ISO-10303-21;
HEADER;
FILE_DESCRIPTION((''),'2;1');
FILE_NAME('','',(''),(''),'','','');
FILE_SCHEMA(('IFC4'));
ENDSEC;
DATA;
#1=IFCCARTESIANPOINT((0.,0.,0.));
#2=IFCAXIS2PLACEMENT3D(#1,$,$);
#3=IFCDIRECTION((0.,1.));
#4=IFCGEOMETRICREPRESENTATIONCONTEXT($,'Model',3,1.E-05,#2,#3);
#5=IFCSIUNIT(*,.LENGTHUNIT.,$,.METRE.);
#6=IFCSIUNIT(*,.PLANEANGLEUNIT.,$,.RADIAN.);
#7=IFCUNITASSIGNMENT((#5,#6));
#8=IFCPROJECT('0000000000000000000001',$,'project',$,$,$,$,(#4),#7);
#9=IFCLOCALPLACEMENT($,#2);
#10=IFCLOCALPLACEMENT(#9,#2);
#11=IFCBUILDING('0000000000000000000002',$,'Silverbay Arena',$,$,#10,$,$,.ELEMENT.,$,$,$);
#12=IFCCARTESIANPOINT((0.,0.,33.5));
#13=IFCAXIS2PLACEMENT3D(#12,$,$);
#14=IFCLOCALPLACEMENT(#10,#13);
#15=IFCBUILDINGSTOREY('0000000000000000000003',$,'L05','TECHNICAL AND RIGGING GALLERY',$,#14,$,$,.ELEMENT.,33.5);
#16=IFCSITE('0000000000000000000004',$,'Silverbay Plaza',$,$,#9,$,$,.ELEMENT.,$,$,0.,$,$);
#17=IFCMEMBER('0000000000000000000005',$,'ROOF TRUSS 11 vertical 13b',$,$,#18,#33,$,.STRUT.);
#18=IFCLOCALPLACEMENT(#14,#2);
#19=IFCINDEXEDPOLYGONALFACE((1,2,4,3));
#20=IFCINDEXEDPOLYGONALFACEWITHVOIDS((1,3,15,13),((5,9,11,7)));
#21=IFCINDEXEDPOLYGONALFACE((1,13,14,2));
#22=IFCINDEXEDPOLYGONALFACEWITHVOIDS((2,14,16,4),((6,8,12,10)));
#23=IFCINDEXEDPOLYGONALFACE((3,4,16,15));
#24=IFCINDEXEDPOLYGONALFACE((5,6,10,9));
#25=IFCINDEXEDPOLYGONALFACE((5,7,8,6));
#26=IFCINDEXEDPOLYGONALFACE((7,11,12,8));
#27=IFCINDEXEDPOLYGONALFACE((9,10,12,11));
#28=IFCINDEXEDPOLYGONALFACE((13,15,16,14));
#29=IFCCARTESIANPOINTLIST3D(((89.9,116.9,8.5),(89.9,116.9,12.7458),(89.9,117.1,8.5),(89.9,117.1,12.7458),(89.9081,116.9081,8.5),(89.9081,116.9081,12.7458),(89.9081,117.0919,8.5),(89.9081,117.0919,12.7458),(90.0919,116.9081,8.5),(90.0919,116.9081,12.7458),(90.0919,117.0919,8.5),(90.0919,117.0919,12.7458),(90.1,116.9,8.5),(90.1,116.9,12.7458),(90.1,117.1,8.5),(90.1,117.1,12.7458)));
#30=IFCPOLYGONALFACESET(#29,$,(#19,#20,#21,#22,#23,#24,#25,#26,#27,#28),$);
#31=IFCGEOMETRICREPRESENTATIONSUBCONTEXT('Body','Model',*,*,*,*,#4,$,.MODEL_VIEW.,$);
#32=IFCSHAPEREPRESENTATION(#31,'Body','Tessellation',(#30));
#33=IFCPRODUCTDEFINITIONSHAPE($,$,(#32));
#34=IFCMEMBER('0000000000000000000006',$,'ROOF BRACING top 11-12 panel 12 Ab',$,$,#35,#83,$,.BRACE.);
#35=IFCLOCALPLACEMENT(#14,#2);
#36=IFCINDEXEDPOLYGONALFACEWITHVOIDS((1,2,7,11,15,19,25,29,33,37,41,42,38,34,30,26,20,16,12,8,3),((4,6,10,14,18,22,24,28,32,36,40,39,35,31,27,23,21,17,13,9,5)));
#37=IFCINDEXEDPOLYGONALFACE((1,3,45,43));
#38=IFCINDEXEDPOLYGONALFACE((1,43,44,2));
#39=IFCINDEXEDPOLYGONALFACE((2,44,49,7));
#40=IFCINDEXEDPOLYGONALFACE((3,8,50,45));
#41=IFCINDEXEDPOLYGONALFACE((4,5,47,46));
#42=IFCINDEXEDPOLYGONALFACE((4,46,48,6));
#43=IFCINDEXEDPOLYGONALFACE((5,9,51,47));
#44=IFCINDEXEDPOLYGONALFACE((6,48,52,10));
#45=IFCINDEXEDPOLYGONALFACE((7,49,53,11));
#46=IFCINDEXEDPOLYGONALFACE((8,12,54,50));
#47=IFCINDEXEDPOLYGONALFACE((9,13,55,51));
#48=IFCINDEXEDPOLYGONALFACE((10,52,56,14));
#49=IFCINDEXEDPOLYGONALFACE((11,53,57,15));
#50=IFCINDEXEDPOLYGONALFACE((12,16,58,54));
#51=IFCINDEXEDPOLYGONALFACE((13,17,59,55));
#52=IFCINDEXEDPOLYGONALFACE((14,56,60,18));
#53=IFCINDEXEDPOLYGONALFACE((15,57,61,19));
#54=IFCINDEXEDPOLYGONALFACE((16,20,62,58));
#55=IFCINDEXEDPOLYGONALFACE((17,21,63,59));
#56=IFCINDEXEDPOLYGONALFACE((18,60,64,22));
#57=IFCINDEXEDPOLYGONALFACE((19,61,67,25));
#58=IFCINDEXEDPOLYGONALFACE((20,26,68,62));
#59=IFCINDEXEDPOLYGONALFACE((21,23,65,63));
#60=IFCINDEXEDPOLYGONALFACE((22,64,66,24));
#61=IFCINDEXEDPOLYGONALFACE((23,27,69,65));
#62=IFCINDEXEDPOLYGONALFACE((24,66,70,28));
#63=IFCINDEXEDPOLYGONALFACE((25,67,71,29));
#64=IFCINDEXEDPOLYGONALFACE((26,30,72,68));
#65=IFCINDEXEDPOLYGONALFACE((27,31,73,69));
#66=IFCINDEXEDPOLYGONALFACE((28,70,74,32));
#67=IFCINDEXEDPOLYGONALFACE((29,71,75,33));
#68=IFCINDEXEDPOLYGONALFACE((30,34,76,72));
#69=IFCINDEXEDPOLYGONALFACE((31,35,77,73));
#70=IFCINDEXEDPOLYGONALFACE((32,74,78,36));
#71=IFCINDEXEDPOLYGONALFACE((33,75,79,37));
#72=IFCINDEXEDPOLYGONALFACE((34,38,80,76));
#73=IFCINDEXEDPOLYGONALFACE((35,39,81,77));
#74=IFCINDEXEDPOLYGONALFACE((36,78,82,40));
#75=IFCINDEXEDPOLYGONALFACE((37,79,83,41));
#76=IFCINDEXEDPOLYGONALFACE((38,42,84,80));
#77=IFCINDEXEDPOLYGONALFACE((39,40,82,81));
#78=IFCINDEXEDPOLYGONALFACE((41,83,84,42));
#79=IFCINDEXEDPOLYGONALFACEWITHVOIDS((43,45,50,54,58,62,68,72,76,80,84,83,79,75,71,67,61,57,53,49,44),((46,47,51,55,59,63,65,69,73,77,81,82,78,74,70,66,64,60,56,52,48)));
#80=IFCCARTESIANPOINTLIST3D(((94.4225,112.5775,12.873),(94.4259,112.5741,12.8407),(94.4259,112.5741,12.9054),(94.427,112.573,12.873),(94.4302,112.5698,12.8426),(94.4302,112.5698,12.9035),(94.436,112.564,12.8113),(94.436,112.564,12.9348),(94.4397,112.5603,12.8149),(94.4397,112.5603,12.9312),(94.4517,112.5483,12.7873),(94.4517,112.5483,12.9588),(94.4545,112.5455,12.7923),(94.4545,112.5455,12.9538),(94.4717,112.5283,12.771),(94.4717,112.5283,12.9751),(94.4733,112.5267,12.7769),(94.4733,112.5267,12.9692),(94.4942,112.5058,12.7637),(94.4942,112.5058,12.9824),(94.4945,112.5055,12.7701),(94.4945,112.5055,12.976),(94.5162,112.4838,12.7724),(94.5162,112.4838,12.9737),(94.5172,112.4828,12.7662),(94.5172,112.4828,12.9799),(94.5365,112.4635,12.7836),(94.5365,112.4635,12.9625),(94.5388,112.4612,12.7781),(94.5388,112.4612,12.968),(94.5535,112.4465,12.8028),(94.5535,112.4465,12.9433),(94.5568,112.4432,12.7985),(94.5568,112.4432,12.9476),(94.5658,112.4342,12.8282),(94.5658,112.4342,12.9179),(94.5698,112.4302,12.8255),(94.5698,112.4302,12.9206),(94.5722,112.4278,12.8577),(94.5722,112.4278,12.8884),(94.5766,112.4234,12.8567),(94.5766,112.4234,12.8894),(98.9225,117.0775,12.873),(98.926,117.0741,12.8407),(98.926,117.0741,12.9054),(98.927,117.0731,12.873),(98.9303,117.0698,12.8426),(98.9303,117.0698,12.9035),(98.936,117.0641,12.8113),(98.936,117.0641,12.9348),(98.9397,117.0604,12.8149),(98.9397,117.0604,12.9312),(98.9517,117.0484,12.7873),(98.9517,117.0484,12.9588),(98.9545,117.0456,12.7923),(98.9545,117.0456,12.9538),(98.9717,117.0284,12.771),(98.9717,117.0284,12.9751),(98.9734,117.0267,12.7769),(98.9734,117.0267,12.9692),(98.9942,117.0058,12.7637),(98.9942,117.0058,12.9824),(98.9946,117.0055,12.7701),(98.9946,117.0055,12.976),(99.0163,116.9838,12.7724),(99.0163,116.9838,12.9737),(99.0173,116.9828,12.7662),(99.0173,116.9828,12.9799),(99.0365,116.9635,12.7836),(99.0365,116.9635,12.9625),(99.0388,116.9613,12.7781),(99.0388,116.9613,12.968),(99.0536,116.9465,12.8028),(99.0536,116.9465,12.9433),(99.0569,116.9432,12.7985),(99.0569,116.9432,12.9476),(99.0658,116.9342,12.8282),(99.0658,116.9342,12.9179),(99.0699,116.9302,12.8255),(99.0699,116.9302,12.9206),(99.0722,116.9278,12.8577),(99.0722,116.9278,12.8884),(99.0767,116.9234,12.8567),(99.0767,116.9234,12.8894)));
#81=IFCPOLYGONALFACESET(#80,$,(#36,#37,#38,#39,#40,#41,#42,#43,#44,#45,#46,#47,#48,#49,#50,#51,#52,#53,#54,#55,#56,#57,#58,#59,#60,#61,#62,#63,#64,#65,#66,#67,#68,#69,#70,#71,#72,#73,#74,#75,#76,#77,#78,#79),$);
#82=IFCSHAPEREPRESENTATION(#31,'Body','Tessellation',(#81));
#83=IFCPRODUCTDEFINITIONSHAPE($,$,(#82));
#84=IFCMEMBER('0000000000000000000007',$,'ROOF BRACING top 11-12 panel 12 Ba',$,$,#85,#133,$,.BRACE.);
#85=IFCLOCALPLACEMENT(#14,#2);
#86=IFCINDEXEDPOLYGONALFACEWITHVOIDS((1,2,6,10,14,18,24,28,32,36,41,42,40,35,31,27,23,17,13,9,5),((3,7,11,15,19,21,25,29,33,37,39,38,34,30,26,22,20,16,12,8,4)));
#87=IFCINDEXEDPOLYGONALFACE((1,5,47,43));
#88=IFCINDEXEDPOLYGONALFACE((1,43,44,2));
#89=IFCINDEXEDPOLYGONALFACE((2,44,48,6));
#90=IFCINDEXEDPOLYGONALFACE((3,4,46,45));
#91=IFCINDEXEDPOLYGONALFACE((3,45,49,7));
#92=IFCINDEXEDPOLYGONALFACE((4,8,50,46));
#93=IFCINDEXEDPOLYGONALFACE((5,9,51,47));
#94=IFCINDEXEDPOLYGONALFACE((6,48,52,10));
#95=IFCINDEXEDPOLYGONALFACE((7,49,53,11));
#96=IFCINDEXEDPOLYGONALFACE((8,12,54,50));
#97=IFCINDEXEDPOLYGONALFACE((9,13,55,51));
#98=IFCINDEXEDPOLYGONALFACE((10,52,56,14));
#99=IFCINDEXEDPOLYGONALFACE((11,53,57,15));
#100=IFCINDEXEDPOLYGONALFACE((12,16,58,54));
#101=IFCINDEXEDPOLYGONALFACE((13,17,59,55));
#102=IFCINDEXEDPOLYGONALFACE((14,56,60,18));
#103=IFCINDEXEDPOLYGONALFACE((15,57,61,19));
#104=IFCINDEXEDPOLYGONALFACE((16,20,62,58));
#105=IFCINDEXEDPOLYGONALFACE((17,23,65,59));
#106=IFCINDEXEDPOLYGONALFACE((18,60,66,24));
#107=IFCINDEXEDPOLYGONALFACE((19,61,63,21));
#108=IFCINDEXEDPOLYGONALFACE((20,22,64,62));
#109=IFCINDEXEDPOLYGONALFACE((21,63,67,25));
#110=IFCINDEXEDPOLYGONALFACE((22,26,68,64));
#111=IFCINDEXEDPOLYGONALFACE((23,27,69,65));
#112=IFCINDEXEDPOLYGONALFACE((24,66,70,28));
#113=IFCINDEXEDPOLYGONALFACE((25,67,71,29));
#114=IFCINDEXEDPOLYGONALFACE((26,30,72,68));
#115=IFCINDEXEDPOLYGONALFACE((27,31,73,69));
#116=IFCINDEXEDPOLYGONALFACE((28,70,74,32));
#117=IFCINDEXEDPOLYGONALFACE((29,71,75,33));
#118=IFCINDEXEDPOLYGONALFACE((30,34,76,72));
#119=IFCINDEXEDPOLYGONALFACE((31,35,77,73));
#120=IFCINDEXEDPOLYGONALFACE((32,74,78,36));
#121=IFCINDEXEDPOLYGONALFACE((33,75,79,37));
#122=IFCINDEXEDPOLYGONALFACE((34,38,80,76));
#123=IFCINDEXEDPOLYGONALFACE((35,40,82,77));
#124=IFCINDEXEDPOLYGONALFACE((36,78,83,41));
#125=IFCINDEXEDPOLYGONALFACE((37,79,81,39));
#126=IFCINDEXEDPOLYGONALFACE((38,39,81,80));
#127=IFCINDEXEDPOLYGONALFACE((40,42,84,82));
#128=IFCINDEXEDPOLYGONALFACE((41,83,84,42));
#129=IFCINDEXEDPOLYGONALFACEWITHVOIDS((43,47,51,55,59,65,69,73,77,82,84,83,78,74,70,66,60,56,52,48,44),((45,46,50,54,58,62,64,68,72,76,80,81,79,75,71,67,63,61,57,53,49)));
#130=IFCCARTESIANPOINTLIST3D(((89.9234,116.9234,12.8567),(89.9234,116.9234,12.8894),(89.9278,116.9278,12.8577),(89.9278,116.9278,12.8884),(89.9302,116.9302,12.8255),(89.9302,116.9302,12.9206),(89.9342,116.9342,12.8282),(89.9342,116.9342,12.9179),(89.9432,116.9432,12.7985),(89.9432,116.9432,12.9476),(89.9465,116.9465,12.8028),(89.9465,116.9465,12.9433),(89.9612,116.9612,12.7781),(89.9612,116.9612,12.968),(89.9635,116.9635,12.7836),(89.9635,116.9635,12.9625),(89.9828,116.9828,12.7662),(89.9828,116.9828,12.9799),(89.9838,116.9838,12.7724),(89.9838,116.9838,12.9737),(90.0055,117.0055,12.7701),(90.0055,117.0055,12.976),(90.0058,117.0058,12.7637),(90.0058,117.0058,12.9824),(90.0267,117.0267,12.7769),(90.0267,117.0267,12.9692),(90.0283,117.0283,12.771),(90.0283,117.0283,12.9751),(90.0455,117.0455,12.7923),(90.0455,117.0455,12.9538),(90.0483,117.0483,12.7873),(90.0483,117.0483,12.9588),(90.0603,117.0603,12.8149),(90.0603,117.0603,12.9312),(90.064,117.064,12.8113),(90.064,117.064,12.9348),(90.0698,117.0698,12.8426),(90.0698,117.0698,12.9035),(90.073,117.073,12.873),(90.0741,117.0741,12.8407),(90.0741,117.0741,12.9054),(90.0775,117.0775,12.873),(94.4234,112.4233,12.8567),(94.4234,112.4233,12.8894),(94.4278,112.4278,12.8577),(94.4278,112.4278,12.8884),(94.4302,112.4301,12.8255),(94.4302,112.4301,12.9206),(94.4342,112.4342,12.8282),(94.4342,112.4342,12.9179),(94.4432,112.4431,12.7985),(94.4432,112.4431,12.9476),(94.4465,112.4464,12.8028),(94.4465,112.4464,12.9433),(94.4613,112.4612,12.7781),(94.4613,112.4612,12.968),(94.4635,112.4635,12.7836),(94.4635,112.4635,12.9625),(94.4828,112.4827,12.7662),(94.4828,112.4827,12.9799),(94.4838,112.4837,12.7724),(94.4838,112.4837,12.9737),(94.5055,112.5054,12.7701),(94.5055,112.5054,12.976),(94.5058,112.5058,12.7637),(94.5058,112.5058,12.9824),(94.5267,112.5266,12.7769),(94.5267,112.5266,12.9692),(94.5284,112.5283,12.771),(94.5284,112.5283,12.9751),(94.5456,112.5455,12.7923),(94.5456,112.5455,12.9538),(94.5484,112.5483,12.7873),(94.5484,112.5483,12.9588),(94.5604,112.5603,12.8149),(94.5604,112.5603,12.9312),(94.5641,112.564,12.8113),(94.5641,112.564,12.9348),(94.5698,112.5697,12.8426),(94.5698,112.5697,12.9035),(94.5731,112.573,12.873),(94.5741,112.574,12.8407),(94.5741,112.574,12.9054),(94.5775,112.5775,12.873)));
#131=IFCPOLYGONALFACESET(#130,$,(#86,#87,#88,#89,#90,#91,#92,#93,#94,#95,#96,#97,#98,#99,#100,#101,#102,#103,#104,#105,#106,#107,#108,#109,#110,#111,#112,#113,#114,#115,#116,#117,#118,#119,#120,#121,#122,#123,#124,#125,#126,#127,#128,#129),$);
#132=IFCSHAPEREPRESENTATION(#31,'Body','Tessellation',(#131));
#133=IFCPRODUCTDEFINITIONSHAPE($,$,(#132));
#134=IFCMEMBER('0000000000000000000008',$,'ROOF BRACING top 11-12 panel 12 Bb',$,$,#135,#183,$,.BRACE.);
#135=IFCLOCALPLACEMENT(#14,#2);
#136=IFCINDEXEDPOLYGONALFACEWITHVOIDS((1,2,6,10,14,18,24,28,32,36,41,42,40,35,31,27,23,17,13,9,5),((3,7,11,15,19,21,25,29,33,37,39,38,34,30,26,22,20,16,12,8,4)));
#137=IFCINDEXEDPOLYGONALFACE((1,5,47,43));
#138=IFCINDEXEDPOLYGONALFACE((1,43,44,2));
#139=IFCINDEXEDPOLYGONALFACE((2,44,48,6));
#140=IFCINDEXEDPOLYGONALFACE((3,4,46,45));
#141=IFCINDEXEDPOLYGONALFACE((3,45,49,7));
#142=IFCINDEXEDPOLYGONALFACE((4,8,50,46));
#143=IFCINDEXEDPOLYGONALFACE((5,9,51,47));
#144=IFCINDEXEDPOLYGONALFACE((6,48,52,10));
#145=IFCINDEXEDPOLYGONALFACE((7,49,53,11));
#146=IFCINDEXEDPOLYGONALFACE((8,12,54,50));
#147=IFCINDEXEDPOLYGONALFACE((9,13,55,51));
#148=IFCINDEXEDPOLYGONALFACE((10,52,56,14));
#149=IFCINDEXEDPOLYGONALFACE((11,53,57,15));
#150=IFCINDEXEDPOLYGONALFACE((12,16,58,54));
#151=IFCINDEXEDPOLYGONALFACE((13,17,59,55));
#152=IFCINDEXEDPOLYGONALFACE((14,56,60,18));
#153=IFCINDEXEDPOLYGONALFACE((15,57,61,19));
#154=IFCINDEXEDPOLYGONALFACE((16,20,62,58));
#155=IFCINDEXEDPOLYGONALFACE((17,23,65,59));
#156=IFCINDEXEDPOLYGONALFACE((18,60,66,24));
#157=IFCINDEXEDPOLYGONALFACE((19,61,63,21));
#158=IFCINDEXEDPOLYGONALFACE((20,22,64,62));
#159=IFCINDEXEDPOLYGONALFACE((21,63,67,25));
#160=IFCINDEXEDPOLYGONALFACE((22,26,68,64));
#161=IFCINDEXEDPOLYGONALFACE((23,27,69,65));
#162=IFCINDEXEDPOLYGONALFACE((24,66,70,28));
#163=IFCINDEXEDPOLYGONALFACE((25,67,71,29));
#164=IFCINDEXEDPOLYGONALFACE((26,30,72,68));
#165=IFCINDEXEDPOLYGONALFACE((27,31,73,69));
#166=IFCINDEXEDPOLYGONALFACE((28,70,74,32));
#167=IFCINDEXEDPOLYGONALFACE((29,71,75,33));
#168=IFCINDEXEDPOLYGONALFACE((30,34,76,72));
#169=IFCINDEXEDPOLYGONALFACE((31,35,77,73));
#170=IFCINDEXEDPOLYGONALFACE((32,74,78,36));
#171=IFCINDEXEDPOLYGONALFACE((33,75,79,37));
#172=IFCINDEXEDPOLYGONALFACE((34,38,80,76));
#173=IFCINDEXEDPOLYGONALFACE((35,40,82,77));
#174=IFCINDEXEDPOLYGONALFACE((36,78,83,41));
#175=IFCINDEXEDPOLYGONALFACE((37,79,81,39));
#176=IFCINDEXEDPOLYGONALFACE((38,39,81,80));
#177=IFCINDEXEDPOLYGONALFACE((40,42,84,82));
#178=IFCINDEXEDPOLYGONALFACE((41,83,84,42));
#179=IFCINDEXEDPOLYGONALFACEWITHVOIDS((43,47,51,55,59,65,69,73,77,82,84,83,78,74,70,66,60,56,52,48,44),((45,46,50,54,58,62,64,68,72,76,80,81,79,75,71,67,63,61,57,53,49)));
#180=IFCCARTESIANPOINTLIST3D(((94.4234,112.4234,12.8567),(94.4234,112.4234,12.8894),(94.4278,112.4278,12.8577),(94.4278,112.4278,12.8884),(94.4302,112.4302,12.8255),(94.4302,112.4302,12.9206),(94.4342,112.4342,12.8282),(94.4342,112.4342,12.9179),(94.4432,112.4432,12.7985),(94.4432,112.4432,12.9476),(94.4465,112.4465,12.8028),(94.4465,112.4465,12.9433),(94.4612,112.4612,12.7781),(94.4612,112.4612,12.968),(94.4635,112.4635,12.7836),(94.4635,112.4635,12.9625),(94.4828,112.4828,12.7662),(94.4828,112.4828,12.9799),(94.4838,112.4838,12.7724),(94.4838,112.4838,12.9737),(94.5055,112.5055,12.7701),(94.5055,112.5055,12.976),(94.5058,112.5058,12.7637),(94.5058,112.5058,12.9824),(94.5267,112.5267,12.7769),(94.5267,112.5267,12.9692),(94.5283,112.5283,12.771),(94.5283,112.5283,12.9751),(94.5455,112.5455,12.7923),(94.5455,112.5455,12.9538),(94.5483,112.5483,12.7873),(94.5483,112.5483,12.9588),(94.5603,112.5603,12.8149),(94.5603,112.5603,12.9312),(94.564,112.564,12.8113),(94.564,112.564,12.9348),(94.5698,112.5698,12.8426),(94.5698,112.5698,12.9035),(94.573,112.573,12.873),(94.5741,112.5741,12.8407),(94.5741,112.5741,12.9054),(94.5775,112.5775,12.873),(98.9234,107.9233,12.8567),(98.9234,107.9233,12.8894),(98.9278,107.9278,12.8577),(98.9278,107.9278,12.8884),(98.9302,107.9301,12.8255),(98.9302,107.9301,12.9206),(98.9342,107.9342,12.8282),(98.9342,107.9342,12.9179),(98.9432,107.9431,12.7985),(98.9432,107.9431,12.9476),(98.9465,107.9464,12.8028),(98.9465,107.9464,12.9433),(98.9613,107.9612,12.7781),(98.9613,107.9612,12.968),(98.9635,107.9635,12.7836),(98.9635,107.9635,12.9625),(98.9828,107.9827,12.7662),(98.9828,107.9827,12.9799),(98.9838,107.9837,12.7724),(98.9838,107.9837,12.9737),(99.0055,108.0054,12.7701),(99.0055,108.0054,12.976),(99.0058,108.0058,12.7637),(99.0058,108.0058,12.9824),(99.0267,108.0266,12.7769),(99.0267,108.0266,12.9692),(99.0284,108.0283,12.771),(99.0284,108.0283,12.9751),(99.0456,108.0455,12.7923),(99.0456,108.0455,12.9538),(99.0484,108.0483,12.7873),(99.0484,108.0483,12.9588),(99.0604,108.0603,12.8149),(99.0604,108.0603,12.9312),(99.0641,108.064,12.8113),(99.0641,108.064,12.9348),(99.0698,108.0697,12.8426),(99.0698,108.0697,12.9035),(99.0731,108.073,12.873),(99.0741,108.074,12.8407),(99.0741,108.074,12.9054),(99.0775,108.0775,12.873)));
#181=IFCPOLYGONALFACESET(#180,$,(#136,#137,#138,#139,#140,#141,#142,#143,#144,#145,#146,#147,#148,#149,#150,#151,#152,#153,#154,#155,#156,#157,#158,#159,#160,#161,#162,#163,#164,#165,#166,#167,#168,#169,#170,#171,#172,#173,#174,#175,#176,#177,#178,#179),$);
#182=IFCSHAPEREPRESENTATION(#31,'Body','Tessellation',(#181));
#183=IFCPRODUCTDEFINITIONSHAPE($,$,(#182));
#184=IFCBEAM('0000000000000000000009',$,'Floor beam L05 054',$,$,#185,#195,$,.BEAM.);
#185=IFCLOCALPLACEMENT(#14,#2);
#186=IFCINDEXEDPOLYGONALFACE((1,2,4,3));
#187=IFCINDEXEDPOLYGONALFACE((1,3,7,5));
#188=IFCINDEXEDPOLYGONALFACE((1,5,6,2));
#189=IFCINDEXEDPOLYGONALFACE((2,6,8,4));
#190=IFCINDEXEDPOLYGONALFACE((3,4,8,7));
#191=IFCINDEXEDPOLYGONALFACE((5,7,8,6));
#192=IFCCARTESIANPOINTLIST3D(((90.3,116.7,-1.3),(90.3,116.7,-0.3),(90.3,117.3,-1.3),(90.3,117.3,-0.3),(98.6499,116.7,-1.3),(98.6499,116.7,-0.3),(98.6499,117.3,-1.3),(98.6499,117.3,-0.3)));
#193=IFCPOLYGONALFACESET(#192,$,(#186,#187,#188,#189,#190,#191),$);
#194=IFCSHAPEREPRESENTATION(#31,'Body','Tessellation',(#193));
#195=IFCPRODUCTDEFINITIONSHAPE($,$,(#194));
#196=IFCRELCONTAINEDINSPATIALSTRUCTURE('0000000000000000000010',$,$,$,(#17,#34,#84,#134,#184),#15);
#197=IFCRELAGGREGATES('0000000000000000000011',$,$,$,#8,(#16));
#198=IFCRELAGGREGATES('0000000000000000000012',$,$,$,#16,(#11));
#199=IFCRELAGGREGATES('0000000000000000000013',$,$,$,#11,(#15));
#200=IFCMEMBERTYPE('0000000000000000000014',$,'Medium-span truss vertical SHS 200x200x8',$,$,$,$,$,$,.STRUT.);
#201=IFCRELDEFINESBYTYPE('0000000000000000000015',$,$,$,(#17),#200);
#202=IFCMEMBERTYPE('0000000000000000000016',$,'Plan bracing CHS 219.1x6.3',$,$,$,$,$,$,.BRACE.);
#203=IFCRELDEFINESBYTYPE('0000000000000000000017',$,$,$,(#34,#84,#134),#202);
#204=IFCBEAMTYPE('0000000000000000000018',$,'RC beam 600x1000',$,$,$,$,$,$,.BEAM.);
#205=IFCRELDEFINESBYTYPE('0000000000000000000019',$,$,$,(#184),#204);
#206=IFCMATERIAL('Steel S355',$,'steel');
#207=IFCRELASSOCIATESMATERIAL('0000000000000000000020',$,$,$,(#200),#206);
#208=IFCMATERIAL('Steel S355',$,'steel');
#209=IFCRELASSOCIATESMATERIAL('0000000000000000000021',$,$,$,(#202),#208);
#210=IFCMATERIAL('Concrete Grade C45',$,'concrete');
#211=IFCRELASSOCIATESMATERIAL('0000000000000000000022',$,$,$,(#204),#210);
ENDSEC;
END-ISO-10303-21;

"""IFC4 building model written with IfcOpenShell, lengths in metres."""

from ifc_helpers import new_model, si_unit, direction, frame, origin, origin_2d, place, context, subcontext, project, spatial, rectangle, hollow_rectangle, hollow_circle, extrude, material, material_profile, profile_set, type_object, element, save


model = new_model("IFC4")

# Units and contexts
model_context = context("Model", 3, precision=1e-05, world=origin(), true_north=direction((0.0, 1.0)))
body_context = subcontext(model_context, "Body", "Model", "MODEL_VIEW")
ifc_project = project(units=[si_unit("LENGTHUNIT", "METRE"), si_unit("PLANEANGLEUNIT", "RADIAN")], contexts=[model_context])

# Site, building, storey
site_placement = place(None, origin())
site = spatial("IfcSite", under=ifc_project, at=site_placement, Name="Silverbay Plaza", CompositionType="ELEMENT", RefElevation=0.0)
building_placement = place(site_placement, origin())
building = spatial("IfcBuilding", under=site, at=building_placement, Name="Silverbay Arena", CompositionType="ELEMENT")
storey_placement = place(building_placement, frame((0.0, 0.0, 33.5)))
storey = spatial("IfcBuildingStorey", under=building, at=storey_placement, Name="L05", Description="TECHNICAL AND RIGGING GALLERY", CompositionType="ELEMENT", Elevation=33.5)

# Members
ifc_material_1 = material(Name="Steel S355", Category="steel")
ifc_material_profile_1 = material_profile(ifc_material_1, hollow_rectangle(XDim=0.2, YDim=0.2, WallThickness=0.0081, at=origin_2d()), Name="SHS 200x200x8")
ifc_profile_set_1 = profile_set([ifc_material_profile_1], Name="Steel S355")
member_type_1 = type_object("IfcMemberType", Name="Medium-span truss vertical SHS 200x200x8", PredefinedType="STRUT", material=ifc_profile_set_1)
for number, where, z_axis, x_axis, name in (
    (1, (90.0, 117.0, 8.5), (0.0, 0.0, 1.0), (1.0, 0.0, 0.0), "ROOF TRUSS 11 vertical 13b"),
):
    element("IfcMember", number, at=place(storey_placement, frame(where, z_axis=z_axis, x_axis=x_axis)), inside=storey, type_object=member_type_1, Name=name, PredefinedType="STRUT", context=body_context, shape_type="SweptSolid", body=[
        extrude(hollow_rectangle(XDim=0.2, YDim=0.2, WallThickness=0.0081, at=origin_2d()), origin(), (0.0, 0.0, 1.0), 4.2458),
    ])
ifc_material_2 = material(Name="Steel S355", Category="steel")
ifc_material_profile_2 = material_profile(ifc_material_2, hollow_circle(Radius=0.1096, WallThickness=0.0063, at=origin_2d()), Name="CHS 219.1x6.3")
ifc_profile_set_2 = profile_set([ifc_material_profile_2], Name="Steel S355")
member_type_2 = type_object("IfcMemberType", Name="Plan bracing CHS 219.1x6.3", PredefinedType="BRACE", material=ifc_profile_set_2)
for number, where, z_axis, x_axis, name in (
    (2, (94.5, 112.5, 12.873), (0.707107, 0.707107, 0.0), (-0.707107, 0.707107, 0.0), "ROOF BRACING top 11-12 panel 12 Ab"),
    (3, (90.0, 117.0, 12.873), (0.707107, -0.707107, 0.0), (0.707107, 0.707107, 0.0), "ROOF BRACING top 11-12 panel 12 Ba"),
    (4, (94.5, 112.5, 12.873), (0.707107, -0.707107, 0.0), (0.707107, 0.707107, 0.0), "ROOF BRACING top 11-12 panel 12 Bb"),
):
    element("IfcMember", number, at=place(storey_placement, frame(where, z_axis=z_axis, x_axis=x_axis)), inside=storey, type_object=member_type_2, Name=name, PredefinedType="BRACE", context=body_context, shape_type="SweptSolid", body=[
        extrude(hollow_circle(Radius=0.1096, WallThickness=0.0063, at=origin_2d()), origin(), (0.0, 0.0, 1.0), 6.364),
    ])

# Beam
ifc_material_3 = material(Name="Concrete Grade C45", Category="concrete")
ifc_material_profile_3 = material_profile(ifc_material_3, rectangle(XDim=0.6001, YDim=1.0, at=origin_2d()), Name="RC 600x1000")
ifc_profile_set_3 = profile_set([ifc_material_profile_3], Name="Concrete Grade C45")
beam_type = type_object("IfcBeamType", Name="RC beam 600x1000", PredefinedType="BEAM", material=ifc_profile_set_3)
beam_placement = place(storey_placement, frame((90.3, 117.0, -0.8), z_axis=(1.0, 0.0, 0.0), x_axis=(0.0, 1.0, 0.0)))
element("IfcBeam", 5, at=beam_placement, inside=storey, type_object=beam_type, Name="Floor beam L05 054", PredefinedType="BEAM", context=body_context, shape_type="SweptSolid", body=[
    extrude(rectangle(XDim=0.6001, YDim=1.0, at=origin_2d()), origin(), (0.0, 0.0, 1.0), 8.3499),
])

save(model, "model.ifc")
